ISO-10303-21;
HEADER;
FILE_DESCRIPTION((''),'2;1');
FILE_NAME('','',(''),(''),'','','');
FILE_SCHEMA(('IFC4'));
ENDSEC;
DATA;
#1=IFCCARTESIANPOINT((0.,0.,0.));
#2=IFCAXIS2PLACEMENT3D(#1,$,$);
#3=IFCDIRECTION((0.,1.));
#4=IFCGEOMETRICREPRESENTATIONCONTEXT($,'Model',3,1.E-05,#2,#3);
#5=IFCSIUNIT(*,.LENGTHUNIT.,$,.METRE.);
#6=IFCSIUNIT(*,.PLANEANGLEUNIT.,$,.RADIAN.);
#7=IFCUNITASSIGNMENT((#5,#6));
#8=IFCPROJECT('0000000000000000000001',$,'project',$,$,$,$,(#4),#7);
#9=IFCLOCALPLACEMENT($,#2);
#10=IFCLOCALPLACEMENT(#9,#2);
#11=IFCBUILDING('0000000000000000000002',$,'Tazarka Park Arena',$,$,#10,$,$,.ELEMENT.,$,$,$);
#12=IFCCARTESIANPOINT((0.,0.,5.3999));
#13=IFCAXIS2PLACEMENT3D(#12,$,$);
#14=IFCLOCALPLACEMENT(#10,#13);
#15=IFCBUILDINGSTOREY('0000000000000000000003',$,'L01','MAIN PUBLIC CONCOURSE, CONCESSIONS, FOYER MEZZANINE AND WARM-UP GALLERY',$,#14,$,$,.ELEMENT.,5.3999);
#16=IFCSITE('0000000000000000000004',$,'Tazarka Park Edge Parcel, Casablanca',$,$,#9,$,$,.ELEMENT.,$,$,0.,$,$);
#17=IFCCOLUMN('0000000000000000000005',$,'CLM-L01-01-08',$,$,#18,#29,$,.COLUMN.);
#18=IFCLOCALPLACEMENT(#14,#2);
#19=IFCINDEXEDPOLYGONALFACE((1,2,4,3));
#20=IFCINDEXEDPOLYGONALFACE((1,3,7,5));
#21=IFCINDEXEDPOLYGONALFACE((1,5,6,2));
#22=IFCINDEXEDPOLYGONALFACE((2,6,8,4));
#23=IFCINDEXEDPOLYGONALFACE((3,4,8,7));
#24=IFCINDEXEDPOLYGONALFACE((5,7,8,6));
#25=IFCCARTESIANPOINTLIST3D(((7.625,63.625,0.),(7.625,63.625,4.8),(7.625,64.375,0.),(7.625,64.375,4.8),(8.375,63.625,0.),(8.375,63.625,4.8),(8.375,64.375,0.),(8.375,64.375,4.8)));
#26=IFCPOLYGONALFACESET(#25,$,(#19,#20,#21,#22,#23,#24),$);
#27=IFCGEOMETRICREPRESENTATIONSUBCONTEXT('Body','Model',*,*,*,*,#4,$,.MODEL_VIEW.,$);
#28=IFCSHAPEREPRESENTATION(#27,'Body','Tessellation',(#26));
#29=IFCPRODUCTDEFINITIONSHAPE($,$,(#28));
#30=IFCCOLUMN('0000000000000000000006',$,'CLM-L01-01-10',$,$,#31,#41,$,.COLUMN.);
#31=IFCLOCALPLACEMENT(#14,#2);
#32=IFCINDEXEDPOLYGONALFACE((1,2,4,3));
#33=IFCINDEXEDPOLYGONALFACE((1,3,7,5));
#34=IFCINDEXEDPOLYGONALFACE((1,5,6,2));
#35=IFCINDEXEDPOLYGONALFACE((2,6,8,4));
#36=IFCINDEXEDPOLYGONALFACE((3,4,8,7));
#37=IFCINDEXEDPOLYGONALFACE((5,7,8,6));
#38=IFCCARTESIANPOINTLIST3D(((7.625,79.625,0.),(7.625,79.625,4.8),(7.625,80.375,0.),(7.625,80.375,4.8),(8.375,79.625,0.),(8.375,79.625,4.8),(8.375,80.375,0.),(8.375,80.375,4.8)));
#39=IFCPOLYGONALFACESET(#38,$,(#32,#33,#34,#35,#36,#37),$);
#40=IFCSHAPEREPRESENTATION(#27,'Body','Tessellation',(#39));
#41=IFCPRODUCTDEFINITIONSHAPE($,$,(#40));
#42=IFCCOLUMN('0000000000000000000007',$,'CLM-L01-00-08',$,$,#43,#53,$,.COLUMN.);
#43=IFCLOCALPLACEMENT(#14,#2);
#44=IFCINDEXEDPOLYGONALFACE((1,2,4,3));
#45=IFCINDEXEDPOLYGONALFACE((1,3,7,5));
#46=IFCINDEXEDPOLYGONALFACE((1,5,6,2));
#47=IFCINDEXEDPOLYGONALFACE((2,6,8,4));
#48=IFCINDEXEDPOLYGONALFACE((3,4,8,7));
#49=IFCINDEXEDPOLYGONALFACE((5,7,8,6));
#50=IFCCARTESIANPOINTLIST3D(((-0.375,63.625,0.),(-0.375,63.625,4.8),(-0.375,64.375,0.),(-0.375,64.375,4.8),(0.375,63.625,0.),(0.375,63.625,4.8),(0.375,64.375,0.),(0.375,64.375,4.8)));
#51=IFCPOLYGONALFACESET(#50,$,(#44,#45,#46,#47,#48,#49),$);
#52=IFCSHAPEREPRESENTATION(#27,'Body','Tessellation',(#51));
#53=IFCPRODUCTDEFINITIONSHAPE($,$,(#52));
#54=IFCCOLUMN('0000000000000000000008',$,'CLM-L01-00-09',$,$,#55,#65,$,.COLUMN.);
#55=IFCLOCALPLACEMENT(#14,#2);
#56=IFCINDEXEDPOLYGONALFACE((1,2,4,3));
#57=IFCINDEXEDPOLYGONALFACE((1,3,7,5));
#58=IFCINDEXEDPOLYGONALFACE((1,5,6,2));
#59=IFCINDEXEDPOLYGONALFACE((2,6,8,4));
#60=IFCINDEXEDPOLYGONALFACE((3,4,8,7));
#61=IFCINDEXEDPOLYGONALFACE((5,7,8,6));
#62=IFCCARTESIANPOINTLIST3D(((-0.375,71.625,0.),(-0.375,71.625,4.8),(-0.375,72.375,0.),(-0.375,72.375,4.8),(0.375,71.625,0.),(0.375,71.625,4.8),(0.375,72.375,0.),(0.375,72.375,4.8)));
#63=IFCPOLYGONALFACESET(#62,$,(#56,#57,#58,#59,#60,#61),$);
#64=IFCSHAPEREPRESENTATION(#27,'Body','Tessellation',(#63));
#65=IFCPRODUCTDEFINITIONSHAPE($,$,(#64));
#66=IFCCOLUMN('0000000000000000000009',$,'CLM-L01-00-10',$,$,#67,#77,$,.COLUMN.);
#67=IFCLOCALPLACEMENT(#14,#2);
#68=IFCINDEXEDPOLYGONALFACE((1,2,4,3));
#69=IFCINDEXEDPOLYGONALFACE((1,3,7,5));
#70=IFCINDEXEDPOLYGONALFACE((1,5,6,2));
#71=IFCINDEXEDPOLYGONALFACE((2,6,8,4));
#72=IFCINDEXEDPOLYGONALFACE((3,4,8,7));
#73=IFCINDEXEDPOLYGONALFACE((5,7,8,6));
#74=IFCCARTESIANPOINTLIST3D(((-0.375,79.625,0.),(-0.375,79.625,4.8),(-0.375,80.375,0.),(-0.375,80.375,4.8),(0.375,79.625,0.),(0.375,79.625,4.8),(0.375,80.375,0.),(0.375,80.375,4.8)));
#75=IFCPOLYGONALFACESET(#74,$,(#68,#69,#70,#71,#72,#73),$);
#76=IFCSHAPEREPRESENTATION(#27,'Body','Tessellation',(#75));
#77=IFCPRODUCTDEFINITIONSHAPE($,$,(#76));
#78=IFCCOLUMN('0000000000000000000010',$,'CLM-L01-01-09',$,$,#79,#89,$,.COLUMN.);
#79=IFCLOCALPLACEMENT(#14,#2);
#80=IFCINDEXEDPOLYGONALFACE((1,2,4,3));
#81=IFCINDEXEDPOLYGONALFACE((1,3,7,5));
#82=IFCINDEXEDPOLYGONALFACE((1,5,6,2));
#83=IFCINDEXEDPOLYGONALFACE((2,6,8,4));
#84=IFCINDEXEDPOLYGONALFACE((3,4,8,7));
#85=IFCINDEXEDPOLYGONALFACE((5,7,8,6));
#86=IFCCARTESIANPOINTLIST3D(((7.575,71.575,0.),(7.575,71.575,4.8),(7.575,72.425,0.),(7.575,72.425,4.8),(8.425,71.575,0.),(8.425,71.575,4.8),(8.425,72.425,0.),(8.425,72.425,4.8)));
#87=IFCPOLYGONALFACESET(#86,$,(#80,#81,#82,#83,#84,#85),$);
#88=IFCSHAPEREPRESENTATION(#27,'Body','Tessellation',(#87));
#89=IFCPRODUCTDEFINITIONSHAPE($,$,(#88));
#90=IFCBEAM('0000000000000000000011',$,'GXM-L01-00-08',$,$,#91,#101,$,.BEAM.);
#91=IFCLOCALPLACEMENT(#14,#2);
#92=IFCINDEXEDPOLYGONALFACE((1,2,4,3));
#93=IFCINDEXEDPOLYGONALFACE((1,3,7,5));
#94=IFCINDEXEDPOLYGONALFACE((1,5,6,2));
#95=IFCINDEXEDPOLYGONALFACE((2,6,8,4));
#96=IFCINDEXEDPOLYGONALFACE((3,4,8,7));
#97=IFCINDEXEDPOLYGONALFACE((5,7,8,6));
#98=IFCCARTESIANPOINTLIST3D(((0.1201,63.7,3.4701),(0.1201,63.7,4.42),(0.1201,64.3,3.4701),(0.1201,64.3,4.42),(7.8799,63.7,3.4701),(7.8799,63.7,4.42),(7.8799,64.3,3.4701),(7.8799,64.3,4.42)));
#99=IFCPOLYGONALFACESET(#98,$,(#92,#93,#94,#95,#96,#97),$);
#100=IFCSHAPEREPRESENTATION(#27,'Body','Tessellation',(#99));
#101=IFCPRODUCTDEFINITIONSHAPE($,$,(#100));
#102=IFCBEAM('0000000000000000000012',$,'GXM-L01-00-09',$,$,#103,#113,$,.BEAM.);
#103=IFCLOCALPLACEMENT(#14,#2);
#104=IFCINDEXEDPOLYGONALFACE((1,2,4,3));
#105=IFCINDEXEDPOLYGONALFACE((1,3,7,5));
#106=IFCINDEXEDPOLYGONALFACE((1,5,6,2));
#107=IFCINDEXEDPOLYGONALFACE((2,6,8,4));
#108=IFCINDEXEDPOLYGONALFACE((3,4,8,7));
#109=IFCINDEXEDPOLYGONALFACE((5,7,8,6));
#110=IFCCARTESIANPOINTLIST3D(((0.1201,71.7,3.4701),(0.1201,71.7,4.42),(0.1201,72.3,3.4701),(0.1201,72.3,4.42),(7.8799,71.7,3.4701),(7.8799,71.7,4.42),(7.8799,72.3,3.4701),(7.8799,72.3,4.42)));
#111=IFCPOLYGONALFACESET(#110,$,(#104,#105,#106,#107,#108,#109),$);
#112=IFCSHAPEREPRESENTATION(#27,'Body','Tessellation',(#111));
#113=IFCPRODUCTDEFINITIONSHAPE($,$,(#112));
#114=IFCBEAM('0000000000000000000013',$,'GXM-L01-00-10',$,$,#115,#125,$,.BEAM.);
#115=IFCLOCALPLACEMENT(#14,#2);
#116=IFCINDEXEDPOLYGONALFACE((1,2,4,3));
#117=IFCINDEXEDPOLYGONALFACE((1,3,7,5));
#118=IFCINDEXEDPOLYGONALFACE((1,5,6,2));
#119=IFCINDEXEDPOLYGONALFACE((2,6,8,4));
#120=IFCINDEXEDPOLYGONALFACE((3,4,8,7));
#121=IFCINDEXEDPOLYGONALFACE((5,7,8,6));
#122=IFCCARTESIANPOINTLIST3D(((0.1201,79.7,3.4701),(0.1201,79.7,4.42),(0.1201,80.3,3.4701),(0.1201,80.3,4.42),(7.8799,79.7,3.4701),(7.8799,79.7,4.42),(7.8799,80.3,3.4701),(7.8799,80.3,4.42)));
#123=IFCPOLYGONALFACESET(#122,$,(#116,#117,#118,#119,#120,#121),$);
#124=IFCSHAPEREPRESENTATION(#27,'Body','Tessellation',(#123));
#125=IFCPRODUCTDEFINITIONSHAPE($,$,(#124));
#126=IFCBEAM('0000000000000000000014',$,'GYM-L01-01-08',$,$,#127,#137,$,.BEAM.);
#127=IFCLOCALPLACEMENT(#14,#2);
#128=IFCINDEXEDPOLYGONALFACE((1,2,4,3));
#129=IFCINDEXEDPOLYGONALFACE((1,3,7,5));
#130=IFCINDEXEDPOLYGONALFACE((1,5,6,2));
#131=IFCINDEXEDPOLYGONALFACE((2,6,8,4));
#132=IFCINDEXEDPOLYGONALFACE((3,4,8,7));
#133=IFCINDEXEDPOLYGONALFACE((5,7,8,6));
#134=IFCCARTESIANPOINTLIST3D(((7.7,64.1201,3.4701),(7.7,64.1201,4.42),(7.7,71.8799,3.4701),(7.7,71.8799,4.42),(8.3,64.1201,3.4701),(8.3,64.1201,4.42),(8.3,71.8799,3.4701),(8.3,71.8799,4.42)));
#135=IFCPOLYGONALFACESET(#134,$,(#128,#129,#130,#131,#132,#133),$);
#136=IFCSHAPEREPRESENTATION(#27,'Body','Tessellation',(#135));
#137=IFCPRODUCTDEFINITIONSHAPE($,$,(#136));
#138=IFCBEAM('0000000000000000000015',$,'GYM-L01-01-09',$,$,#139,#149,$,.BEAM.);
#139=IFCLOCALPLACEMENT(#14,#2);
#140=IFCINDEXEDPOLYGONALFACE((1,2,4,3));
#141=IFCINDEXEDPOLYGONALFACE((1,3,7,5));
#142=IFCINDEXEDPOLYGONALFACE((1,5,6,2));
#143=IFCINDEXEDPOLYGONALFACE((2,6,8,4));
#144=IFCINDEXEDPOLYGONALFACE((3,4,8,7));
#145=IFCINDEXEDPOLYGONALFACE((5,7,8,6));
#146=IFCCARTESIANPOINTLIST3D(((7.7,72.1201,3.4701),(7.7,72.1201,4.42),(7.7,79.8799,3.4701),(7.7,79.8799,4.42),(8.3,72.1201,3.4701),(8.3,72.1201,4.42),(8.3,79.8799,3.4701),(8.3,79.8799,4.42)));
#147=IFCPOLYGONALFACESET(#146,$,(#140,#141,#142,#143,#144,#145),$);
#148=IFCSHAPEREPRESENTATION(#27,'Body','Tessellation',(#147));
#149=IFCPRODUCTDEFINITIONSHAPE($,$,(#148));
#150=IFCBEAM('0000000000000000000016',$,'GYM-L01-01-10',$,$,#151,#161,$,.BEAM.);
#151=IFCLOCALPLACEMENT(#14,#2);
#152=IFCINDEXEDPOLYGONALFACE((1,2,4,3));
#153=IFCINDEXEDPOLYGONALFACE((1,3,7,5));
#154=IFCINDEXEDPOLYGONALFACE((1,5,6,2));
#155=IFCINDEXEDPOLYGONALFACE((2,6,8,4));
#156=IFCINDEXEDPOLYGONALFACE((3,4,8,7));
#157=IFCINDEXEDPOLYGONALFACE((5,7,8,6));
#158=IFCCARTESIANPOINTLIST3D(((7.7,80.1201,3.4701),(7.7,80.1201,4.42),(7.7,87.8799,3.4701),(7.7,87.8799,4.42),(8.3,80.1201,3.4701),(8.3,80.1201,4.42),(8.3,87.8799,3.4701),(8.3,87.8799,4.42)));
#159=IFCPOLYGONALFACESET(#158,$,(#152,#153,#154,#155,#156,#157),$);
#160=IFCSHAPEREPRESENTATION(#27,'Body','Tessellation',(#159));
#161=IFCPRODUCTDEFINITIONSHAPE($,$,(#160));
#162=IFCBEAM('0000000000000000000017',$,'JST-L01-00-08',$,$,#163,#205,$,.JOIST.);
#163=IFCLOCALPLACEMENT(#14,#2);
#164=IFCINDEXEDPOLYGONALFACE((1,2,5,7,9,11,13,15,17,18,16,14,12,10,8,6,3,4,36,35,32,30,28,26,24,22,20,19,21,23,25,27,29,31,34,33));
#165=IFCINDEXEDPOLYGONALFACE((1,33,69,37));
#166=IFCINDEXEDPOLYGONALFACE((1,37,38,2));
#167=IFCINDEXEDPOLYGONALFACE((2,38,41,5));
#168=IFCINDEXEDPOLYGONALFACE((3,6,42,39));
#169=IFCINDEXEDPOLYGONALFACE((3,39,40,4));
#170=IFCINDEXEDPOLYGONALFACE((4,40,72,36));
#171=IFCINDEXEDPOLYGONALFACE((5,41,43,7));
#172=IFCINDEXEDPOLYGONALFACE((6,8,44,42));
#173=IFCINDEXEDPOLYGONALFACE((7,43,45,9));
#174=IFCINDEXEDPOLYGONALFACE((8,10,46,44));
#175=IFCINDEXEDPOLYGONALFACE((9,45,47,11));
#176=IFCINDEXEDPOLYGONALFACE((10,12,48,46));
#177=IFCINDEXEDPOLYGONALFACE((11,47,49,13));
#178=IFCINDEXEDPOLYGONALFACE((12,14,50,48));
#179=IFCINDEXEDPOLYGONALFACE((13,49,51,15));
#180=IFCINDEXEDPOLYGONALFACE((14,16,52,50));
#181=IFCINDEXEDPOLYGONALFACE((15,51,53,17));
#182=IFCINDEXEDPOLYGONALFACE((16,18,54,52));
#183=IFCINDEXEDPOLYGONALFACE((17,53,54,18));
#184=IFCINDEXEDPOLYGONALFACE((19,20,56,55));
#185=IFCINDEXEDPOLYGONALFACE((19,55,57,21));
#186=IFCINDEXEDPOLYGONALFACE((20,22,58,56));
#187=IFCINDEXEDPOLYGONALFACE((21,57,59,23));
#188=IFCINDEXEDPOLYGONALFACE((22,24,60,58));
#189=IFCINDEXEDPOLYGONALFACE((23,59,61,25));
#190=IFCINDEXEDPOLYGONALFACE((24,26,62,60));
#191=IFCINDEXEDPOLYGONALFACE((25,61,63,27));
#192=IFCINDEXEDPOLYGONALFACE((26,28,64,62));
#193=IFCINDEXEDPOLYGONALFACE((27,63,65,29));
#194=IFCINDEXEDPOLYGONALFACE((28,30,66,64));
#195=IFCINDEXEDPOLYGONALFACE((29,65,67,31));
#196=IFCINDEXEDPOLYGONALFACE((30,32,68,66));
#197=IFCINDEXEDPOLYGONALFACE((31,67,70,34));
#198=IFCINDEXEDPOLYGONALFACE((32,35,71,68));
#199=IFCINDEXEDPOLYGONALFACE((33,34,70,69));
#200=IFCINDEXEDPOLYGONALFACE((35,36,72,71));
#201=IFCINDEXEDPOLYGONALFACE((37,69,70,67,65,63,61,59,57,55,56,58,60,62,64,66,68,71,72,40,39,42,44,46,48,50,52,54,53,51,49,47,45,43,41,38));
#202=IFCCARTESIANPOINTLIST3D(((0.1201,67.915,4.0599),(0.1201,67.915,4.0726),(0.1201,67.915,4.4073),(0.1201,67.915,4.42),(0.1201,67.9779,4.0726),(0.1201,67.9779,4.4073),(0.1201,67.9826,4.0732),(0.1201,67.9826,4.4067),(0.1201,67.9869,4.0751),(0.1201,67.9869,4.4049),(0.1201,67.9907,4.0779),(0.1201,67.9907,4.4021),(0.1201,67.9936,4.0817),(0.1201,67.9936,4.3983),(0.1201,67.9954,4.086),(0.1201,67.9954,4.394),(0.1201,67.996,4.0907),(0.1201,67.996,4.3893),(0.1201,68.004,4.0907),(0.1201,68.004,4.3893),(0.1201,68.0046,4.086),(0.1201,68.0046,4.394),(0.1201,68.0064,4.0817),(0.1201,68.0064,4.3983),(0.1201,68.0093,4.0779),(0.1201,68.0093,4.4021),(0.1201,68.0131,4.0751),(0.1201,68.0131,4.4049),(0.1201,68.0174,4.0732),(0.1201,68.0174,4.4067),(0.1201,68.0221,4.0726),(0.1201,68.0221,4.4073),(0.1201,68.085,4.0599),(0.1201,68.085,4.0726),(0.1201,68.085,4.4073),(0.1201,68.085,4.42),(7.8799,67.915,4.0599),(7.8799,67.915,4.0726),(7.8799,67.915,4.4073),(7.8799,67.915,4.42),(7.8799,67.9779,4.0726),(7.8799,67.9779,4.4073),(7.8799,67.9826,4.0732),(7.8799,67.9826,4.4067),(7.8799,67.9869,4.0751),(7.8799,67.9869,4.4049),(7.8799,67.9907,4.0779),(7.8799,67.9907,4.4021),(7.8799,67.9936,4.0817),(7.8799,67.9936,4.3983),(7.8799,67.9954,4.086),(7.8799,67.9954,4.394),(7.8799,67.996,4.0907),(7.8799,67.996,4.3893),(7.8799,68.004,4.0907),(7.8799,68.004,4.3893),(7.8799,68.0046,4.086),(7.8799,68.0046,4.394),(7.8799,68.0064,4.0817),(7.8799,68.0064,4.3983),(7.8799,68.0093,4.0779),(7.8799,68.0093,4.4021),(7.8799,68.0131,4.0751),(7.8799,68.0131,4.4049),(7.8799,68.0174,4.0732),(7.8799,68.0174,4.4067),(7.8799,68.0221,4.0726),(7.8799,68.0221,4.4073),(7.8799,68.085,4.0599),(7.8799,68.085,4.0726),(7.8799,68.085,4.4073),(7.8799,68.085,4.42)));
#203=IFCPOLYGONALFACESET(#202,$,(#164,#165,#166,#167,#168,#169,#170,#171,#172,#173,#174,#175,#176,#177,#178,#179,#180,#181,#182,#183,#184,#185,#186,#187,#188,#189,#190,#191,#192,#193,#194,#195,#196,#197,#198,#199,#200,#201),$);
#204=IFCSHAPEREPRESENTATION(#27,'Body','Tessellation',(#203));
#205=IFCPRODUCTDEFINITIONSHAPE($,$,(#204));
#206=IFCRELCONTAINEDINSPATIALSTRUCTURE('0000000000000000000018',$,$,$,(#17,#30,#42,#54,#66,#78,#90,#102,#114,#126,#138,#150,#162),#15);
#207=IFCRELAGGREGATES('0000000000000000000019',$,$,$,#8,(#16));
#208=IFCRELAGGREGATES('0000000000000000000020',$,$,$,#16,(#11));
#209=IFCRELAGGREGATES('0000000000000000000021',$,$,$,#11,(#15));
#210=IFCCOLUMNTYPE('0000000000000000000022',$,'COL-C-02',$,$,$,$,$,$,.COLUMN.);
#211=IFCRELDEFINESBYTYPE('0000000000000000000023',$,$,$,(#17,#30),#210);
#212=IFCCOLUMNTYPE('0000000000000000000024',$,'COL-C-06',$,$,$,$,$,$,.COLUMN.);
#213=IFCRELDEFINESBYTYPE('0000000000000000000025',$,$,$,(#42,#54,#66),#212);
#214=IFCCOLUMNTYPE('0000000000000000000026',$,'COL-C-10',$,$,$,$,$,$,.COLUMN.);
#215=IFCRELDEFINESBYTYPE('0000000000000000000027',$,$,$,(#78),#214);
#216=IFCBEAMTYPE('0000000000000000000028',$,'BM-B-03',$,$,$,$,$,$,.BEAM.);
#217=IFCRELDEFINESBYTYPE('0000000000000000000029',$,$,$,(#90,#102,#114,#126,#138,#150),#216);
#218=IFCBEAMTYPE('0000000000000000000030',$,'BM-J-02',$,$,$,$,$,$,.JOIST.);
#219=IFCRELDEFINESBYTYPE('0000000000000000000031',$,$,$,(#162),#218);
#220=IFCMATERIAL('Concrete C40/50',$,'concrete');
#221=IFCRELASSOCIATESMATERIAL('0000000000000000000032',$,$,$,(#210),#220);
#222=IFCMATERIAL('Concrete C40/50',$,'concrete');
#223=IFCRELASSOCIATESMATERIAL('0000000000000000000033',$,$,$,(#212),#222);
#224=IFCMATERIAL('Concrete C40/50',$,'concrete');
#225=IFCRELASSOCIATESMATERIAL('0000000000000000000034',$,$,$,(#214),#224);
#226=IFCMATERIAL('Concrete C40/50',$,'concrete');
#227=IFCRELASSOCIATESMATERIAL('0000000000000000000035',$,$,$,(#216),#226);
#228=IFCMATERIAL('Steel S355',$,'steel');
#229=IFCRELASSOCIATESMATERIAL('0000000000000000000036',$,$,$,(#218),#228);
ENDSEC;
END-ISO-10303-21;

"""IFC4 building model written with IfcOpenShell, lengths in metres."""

from ifc_helpers import new_model, si_unit, direction, frame, origin, origin_2d, place, context, subcontext, project, spatial, rectangle, i_section, extrude, material, material_profile, profile_set, type_object, element, save


model = new_model("IFC4")

# Units and contexts
model_context = context("Model", 3, precision=1e-05, world=origin(), true_north=direction((0.0, 1.0)))
body_context = subcontext(model_context, "Body", "Model", "MODEL_VIEW")
ifc_project = project(units=[si_unit("LENGTHUNIT", "METRE"), si_unit("PLANEANGLEUNIT", "RADIAN")], contexts=[model_context])

# Site, building, storey
site_placement = place(None, origin())
site = spatial("IfcSite", under=ifc_project, at=site_placement, Name="Tazarka Park Edge Parcel, Casablanca", CompositionType="ELEMENT", RefElevation=0.0)
building_placement = place(site_placement, origin())
building = spatial("IfcBuilding", under=site, at=building_placement, Name="Tazarka Park Arena", CompositionType="ELEMENT")
storey_placement = place(building_placement, frame((0.0, 0.0, 5.3999)))
storey = spatial("IfcBuildingStorey", under=building, at=storey_placement, Name="L01", Description="MAIN PUBLIC CONCOURSE, CONCESSIONS, FOYER MEZZANINE AND WARM-UP GALLERY", CompositionType="ELEMENT", Elevation=5.3999)

# Columns
ifc_material_1 = material(Name="Concrete C40/50", Category="concrete")
ifc_material_profile_1 = material_profile(ifc_material_1, rectangle(XDim=0.75, YDim=0.75, at=origin_2d()), Name="Concrete C40/50")
ifc_profile_set_1 = profile_set([ifc_material_profile_1], Name="Concrete C40/50")
column_type_1 = type_object("IfcColumnType", Name="COL-C-02", PredefinedType="COLUMN", material=ifc_profile_set_1)
for number, where, z_axis, x_axis, name in (
    (1, (8.0, 64.0, 0.0), (0.0, 0.0, 1.0), (1.0, 0.0, 0.0), "CLM-L01-01-08"),
    (2, (8.0, 80.0, 0.0), (0.0, 0.0, 1.0), (1.0, 0.0, 0.0), "CLM-L01-01-10"),
):
    element("IfcColumn", number, at=place(storey_placement, frame(where, z_axis=z_axis, x_axis=x_axis)), inside=storey, type_object=column_type_1, Name=name, PredefinedType="COLUMN", context=body_context, shape_type="SweptSolid", body=[
        extrude(rectangle(XDim=0.75, YDim=0.75, at=origin_2d()), origin(), (0.0, 0.0, 1.0), 4.8),
    ])
ifc_material_2 = material(Name="Concrete C40/50", Category="concrete")
ifc_material_profile_2 = material_profile(ifc_material_2, rectangle(XDim=0.75, YDim=0.75, at=origin_2d()), Name="Concrete C40/50")
ifc_profile_set_2 = profile_set([ifc_material_profile_2], Name="Concrete C40/50")
column_type_2 = type_object("IfcColumnType", Name="COL-C-06", PredefinedType="COLUMN", material=ifc_profile_set_2)
for number, where, z_axis, x_axis, name in (
    (3, (0.0, 64.0, 0.0), (0.0, 0.0, 1.0), (1.0, 0.0, 0.0), "CLM-L01-00-08"),
    (4, (0.0, 72.0, 0.0), (0.0, 0.0, 1.0), (1.0, 0.0, 0.0), "CLM-L01-00-09"),
    (5, (0.0, 80.0, 0.0), (0.0, 0.0, 1.0), (1.0, 0.0, 0.0), "CLM-L01-00-10"),
):
    element("IfcColumn", number, at=place(storey_placement, frame(where, z_axis=z_axis, x_axis=x_axis)), inside=storey, type_object=column_type_2, Name=name, PredefinedType="COLUMN", context=body_context, shape_type="SweptSolid", body=[
        extrude(rectangle(XDim=0.75, YDim=0.75, at=origin_2d()), origin(), (0.0, 0.0, 1.0), 4.8),
    ])
ifc_material_3 = material(Name="Concrete C40/50", Category="concrete")
ifc_material_profile_3 = material_profile(ifc_material_3, rectangle(XDim=0.8501, YDim=0.8501, at=origin_2d()), Name="Concrete C40/50")
ifc_profile_set_3 = profile_set([ifc_material_profile_3], Name="Concrete C40/50")
column_type_3 = type_object("IfcColumnType", Name="COL-C-10", PredefinedType="COLUMN", material=ifc_profile_set_3)
column_placement = place(storey_placement, frame((8.0, 72.0, 0.0), z_axis=(0.0, 0.0, 1.0), x_axis=(1.0, 0.0, 0.0)))
element("IfcColumn", 6, at=column_placement, inside=storey, type_object=column_type_3, Name="CLM-L01-01-09", PredefinedType="COLUMN", context=body_context, shape_type="SweptSolid", body=[
    extrude(rectangle(XDim=0.8501, YDim=0.8501, at=origin_2d()), origin(), (0.0, 0.0, 1.0), 4.8),
])

# Beams
ifc_material_4 = material(Name="Concrete C40/50", Category="concrete")
ifc_material_profile_4 = material_profile(ifc_material_4, rectangle(XDim=0.6001, YDim=0.95, at=origin_2d()), Name="Concrete C40/50")
ifc_profile_set_4 = profile_set([ifc_material_profile_4], Name="Concrete C40/50")
beam_type_1 = type_object("IfcBeamType", Name="BM-B-03", PredefinedType="BEAM", material=ifc_profile_set_4)
for number, where, z_axis, x_axis, name in (
    (7, (0.1201, 64.0, 3.9451), (1.0, 0.0, 0.0), (0.0, 1.0, 0.0), "GXM-L01-00-08"),
    (8, (0.1201, 72.0, 3.9451), (1.0, 0.0, 0.0), (0.0, 1.0, 0.0), "GXM-L01-00-09"),
    (9, (0.1201, 80.0, 3.9451), (1.0, 0.0, 0.0), (0.0, 1.0, 0.0), "GXM-L01-00-10"),
    (10, (8.0, 64.1201, 3.9451), (0.0, 1.0, 0.0), (-1.0, 0.0, 0.0), "GYM-L01-01-08"),
    (11, (8.0, 72.1201, 3.9451), (0.0, 1.0, 0.0), (-1.0, 0.0, 0.0), "GYM-L01-01-09"),
    (12, (8.0, 80.1201, 3.9451), (0.0, 1.0, 0.0), (-1.0, 0.0, 0.0), "GYM-L01-01-10"),
):
    element("IfcBeam", number, at=place(storey_placement, frame(where, z_axis=z_axis, x_axis=x_axis)), inside=storey, type_object=beam_type_1, Name=name, PredefinedType="BEAM", context=body_context, shape_type="SweptSolid", body=[
        extrude(rectangle(XDim=0.6001, YDim=0.95, at=origin_2d()), origin(), (0.0, 0.0, 1.0), 7.7598),
    ])
ifc_material_5 = material(Name="Steel S355", Category="steel")
ifc_material_profile_5 = material_profile(ifc_material_5, i_section(OverallWidth=0.1699, OverallDepth=0.3601, WebThickness=0.0081, FlangeThickness=0.0127, FilletRadius=0.0181, at=origin_2d()), Name="Steel S355")
ifc_profile_set_5 = profile_set([ifc_material_profile_5], Name="Steel S355")
beam_type_2 = type_object("IfcBeamType", Name="BM-J-02", PredefinedType="JOIST", material=ifc_profile_set_5)
beam_1_placement = place(storey_placement, frame((0.1201, 68.0, 4.24), z_axis=(1.0, 0.0, 0.0), x_axis=(0.0, 1.0, 0.0)))
element("IfcBeam", 13, at=beam_1_placement, inside=storey, type_object=beam_type_2, Name="JST-L01-00-08", PredefinedType="JOIST", context=body_context, shape_type="SweptSolid", body=[
    extrude(i_section(OverallWidth=0.1699, OverallDepth=0.3601, WebThickness=0.0081, FlangeThickness=0.0127, FilletRadius=0.0181, at=origin_2d()), origin(), (0.0, 0.0, 1.0), 7.7598),
])

save(model, "model.ifc")
